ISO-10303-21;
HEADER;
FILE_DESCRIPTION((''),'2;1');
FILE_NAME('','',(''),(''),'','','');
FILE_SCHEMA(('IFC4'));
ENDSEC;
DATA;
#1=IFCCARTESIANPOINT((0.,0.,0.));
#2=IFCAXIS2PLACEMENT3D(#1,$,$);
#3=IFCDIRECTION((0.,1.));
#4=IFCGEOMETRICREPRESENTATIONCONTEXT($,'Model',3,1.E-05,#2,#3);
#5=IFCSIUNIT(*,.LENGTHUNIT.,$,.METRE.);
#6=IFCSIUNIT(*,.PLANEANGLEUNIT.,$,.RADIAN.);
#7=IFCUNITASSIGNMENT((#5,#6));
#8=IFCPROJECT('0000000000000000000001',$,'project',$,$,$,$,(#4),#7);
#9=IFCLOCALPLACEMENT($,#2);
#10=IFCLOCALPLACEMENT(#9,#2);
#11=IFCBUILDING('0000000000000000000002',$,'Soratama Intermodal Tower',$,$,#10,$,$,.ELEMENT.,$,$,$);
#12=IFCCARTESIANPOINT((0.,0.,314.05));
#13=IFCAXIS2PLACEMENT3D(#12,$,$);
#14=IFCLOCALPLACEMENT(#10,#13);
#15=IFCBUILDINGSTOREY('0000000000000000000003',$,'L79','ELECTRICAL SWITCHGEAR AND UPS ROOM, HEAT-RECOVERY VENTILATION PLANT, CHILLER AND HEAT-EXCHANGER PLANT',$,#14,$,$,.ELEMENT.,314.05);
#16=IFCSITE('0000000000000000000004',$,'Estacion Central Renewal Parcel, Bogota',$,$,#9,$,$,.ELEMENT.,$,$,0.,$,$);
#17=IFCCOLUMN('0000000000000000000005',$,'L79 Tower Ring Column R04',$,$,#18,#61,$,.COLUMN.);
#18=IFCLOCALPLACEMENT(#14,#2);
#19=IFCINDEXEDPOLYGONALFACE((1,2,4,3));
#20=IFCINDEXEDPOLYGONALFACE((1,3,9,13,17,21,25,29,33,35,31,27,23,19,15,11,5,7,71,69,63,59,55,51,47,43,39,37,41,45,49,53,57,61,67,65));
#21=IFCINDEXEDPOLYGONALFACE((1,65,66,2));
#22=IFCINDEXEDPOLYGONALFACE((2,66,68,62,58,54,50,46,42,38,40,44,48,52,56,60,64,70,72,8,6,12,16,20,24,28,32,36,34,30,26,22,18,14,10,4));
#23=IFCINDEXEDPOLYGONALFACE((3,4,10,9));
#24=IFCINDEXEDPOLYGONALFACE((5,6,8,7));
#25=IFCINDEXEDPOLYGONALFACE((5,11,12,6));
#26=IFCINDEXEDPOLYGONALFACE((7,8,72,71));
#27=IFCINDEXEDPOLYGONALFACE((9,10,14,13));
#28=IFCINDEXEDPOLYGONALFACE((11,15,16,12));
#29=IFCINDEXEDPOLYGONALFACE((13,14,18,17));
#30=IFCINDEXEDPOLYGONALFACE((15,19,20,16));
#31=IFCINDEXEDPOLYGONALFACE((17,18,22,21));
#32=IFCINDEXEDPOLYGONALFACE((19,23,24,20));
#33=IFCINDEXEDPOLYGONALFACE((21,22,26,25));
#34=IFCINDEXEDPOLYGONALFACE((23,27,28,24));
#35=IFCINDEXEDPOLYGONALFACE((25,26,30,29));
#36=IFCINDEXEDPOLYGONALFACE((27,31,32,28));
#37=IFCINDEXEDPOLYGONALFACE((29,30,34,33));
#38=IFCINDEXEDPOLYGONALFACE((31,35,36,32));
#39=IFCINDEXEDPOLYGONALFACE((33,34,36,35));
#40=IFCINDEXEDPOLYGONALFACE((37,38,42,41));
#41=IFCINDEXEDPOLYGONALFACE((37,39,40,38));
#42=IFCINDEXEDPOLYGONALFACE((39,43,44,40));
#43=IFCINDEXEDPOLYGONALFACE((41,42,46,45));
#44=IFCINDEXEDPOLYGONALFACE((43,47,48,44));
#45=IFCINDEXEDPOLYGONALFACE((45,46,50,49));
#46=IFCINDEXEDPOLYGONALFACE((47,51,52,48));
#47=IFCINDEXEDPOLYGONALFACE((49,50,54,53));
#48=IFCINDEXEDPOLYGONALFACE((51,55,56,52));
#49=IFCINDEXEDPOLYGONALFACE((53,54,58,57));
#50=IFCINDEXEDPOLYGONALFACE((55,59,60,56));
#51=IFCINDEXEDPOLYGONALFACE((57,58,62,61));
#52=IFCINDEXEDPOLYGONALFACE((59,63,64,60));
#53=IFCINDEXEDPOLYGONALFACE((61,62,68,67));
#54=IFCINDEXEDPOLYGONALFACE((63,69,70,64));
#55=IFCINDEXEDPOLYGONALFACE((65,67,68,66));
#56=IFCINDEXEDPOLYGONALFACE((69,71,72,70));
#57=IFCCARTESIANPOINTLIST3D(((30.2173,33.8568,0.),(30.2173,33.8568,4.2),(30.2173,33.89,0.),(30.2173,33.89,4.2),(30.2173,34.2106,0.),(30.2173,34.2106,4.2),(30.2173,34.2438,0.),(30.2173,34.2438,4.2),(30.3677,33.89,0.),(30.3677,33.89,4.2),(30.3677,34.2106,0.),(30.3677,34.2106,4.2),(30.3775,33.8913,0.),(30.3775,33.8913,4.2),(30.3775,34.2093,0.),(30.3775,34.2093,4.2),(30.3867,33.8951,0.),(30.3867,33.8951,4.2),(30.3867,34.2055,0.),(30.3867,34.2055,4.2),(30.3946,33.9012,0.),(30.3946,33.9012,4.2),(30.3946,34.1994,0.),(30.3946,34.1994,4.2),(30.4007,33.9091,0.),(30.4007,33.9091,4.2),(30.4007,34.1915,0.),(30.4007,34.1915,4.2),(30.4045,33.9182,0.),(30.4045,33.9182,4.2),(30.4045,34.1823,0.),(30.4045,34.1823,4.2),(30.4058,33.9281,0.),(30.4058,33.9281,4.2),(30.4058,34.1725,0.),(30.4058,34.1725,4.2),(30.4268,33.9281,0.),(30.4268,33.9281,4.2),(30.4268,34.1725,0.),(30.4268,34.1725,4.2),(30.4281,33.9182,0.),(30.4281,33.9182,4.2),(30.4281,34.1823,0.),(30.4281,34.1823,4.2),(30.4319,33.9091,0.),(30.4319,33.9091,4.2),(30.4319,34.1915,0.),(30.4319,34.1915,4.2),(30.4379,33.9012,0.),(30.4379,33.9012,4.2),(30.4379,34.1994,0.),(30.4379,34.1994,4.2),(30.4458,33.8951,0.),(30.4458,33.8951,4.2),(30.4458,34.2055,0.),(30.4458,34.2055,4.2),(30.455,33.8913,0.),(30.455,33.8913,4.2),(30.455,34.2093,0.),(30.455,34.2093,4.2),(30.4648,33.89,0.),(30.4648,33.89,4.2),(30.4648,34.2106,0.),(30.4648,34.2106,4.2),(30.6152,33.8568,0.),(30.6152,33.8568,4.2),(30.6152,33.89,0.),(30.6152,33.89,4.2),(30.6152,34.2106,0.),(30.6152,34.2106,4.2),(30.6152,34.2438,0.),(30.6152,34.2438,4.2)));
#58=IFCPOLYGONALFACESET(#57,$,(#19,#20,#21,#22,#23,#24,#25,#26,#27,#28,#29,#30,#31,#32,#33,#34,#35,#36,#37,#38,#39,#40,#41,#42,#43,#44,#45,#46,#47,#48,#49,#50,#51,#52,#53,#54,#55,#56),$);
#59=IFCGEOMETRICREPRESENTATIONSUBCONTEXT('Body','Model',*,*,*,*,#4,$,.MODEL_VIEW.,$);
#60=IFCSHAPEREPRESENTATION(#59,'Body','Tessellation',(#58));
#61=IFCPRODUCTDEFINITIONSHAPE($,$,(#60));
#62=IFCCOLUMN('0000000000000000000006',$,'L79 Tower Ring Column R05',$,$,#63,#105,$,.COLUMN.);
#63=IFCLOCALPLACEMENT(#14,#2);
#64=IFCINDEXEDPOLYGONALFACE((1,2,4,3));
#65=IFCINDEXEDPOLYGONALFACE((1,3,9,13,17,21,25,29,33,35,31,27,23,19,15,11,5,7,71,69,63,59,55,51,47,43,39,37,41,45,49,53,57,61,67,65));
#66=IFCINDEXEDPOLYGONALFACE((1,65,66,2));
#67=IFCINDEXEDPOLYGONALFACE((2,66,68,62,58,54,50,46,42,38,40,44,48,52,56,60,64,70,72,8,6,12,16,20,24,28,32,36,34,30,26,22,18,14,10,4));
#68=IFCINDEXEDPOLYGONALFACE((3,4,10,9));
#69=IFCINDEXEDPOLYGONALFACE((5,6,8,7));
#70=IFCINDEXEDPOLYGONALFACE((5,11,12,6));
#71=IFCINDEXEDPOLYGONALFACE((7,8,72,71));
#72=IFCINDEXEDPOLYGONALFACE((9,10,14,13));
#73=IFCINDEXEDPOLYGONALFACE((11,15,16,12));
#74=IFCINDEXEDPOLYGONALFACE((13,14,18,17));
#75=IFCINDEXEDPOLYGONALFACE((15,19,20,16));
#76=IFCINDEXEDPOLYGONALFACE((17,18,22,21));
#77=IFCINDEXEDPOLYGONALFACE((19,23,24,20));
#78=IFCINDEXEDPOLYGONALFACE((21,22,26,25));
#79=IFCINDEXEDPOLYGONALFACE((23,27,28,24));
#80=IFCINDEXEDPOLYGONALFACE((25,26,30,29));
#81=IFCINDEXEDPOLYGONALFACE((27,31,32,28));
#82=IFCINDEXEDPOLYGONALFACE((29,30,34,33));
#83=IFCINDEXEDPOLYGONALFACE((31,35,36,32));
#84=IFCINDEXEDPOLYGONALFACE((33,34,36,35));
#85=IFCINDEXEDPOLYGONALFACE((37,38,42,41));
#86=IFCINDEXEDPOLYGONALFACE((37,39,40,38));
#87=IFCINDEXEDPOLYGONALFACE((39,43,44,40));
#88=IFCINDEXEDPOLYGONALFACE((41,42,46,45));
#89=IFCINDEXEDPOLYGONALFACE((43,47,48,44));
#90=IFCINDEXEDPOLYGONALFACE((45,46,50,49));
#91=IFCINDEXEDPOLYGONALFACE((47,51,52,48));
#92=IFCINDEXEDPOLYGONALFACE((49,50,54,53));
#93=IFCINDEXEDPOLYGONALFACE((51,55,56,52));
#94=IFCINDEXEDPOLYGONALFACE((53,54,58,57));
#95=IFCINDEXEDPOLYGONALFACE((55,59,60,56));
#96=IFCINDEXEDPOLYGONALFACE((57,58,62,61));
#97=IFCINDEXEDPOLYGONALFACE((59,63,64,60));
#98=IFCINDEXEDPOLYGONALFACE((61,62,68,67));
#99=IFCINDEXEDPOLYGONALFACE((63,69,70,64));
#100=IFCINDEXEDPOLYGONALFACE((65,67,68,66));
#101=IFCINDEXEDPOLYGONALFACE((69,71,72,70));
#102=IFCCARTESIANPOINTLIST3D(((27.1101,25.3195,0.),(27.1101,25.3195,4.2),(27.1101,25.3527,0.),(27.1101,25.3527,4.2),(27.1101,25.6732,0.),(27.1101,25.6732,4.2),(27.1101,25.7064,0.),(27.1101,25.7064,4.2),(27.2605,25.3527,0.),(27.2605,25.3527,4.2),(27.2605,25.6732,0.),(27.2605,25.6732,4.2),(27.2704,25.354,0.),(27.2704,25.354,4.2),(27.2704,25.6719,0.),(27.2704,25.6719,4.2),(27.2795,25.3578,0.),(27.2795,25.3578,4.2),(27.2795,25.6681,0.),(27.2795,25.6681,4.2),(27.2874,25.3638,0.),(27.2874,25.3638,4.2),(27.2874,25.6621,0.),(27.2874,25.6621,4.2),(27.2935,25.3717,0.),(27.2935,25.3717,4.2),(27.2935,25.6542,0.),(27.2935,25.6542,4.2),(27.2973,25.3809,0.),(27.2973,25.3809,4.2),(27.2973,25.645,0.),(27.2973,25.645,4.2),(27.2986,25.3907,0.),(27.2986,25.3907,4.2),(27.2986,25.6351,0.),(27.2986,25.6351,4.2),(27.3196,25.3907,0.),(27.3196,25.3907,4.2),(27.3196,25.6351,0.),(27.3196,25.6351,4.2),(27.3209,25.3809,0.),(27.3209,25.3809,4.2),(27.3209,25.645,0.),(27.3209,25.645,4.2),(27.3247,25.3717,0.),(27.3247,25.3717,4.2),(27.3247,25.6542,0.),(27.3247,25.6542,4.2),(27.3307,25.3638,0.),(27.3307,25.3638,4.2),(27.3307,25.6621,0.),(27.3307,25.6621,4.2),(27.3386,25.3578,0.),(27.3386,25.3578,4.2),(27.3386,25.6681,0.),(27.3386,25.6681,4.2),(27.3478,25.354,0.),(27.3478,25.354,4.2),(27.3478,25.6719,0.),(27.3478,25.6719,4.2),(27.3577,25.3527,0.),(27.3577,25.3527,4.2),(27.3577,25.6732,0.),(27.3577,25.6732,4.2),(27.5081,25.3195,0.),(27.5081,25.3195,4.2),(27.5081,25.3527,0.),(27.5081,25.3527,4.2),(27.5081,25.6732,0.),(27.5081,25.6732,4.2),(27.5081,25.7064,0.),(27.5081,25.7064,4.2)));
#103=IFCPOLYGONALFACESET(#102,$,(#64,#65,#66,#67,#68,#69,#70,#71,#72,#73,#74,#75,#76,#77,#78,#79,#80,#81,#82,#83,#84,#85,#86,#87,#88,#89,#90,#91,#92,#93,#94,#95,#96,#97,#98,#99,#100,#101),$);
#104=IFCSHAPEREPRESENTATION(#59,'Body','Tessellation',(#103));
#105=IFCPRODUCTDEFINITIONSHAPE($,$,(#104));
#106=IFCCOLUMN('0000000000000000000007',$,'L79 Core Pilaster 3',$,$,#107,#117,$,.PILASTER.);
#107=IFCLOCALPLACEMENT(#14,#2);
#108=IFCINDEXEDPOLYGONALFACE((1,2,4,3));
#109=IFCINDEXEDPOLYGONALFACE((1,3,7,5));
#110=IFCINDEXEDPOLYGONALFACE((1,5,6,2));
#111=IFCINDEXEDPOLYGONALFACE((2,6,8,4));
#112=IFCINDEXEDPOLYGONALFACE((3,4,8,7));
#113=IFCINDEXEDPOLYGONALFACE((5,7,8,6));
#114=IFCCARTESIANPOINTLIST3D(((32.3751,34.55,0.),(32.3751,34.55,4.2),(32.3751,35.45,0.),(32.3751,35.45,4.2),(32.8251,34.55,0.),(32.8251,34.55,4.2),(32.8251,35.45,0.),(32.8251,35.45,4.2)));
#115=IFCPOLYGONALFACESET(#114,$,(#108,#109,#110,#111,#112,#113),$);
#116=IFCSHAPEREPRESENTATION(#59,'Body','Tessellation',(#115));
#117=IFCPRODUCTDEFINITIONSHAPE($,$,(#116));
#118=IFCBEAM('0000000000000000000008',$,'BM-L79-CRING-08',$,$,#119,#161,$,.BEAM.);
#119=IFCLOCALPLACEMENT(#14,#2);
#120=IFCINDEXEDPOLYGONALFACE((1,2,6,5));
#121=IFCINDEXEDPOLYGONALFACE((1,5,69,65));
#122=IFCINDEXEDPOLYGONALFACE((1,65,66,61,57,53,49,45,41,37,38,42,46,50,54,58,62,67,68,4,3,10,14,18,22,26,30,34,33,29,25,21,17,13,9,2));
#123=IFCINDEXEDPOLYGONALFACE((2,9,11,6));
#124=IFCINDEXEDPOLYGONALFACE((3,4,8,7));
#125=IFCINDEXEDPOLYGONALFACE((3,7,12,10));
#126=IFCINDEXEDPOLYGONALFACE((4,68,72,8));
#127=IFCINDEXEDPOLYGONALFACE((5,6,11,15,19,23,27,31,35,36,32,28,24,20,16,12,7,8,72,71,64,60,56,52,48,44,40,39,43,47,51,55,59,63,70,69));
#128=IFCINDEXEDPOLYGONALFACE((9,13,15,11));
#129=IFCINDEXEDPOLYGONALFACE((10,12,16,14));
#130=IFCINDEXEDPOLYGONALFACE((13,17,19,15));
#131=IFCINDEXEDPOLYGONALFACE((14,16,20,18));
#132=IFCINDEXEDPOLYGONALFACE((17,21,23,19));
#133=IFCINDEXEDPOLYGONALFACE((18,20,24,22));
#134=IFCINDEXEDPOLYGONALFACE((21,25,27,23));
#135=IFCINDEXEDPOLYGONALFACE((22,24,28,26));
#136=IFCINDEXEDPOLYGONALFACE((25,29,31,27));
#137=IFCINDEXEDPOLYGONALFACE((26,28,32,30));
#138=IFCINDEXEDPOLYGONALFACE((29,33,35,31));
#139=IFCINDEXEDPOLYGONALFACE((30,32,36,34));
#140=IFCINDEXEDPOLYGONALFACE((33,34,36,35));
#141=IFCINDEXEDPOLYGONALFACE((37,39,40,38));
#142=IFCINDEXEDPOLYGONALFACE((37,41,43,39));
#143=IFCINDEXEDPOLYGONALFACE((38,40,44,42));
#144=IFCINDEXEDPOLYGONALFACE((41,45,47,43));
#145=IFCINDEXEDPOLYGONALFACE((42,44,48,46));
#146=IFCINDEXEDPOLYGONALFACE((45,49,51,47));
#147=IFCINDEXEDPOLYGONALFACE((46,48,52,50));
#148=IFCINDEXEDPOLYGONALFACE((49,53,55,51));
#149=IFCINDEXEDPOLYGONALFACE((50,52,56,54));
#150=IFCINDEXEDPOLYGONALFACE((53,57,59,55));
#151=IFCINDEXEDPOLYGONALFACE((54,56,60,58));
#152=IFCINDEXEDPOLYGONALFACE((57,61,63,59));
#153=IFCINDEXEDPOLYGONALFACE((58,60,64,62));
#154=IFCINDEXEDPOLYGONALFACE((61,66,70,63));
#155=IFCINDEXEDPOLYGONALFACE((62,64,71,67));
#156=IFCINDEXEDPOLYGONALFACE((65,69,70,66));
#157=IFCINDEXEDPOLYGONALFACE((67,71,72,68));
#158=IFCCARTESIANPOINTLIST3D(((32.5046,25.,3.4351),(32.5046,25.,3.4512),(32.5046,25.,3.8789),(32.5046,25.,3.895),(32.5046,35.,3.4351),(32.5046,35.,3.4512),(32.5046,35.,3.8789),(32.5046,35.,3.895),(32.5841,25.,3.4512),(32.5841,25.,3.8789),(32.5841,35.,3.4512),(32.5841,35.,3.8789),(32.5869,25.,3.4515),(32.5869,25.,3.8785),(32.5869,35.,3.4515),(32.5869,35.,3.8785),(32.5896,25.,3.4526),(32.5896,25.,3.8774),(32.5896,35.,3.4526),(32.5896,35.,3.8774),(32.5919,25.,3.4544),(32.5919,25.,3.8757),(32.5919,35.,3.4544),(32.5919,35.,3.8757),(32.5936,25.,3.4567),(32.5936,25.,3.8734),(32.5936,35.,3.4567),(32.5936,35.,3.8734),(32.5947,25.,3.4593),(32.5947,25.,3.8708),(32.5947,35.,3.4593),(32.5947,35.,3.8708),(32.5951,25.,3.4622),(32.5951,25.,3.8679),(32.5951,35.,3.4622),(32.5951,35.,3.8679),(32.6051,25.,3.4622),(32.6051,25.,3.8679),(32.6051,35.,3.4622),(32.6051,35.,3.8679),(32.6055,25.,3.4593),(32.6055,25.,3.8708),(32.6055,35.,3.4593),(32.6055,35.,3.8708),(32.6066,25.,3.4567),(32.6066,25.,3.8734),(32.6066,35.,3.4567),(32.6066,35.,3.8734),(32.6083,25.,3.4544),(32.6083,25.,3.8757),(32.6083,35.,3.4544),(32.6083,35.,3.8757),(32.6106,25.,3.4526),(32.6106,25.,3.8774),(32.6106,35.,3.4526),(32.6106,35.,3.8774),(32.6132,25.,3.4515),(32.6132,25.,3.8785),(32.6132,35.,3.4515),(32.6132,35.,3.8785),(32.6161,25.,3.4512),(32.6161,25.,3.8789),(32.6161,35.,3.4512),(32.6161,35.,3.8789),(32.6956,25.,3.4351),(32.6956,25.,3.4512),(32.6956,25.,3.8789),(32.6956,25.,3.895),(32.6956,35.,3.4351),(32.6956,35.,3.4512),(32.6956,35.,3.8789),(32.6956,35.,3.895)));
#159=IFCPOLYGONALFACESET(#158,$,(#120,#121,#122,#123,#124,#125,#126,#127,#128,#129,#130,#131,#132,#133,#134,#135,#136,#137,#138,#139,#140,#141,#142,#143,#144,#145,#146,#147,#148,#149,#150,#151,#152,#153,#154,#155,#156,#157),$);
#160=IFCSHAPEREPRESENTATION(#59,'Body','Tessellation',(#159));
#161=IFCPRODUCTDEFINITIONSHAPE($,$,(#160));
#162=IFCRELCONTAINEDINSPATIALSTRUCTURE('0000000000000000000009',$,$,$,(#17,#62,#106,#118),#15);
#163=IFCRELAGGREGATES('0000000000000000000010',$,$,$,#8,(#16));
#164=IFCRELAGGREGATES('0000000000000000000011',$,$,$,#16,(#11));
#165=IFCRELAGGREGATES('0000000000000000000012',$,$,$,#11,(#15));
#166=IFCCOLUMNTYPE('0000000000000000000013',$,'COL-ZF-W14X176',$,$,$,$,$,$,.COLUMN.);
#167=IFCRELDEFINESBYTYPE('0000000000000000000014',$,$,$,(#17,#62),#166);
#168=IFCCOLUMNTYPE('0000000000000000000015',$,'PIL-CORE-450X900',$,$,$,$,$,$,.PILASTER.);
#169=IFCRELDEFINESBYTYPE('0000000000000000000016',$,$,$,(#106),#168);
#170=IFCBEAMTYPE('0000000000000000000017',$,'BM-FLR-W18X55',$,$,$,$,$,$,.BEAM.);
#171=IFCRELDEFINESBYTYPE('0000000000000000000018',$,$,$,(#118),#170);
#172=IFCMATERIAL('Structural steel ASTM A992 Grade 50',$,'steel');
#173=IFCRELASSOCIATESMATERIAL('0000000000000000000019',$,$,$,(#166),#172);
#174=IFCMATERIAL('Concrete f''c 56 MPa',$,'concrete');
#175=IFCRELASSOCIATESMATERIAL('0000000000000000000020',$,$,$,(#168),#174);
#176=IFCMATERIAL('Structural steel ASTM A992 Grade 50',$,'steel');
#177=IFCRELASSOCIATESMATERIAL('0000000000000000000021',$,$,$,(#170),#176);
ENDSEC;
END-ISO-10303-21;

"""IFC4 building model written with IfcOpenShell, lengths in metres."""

from ifc_helpers import new_model, si_unit, direction, frame, origin, origin_2d, place, context, subcontext, project, spatial, rectangle, i_section, extrude, material, material_profile, profile_set, type_object, element, save


model = new_model("IFC4")

# Units and contexts
model_context = context("Model", 3, precision=1e-05, world=origin(), true_north=direction((0.0, 1.0)))
body_context = subcontext(model_context, "Body", "Model", "MODEL_VIEW")
ifc_project = project(units=[si_unit("LENGTHUNIT", "METRE"), si_unit("PLANEANGLEUNIT", "RADIAN")], contexts=[model_context])

# Site, building, storey
site_placement = place(None, origin())
site = spatial("IfcSite", under=ifc_project, at=site_placement, Name="Estacion Central Renewal Parcel, Bogota", CompositionType="ELEMENT", RefElevation=0.0)
building_placement = place(site_placement, origin())
building = spatial("IfcBuilding", under=site, at=building_placement, Name="Soratama Intermodal Tower", CompositionType="ELEMENT")
storey_placement = place(building_placement, frame((0.0, 0.0, 314.05)))
storey = spatial("IfcBuildingStorey", under=building, at=storey_placement, Name="L79", Description="ELECTRICAL SWITCHGEAR AND UPS ROOM, HEAT-RECOVERY VENTILATION PLANT, CHILLER AND HEAT-EXCHANGER PLANT", CompositionType="ELEMENT", Elevation=314.05)

# Columns
ifc_material_1 = material(Name="Structural steel ASTM A992 Grade 50", Category="steel")
ifc_material_profile_1 = material_profile(ifc_material_1, i_section(OverallWidth=0.3979, OverallDepth=0.387, WebThickness=0.021, FlangeThickness=0.0332, FilletRadius=0.0381, at=origin_2d()), Name="W14X176")
ifc_profile_set_1 = profile_set([ifc_material_profile_1], Name="Structural steel ASTM A992 Grade 50")
column_type_1 = type_object("IfcColumnType", Name="COL-ZF-W14X176", PredefinedType="COLUMN", material=ifc_profile_set_1)
for number, where, z_axis, x_axis, name in (
    (1, (30.4163, 34.0503, 0.0), (0.0, 0.0, 1.0), (1.0, 0.0, 0.0), "L79 Tower Ring Column R04"),
    (2, (27.3091, 25.5129, 0.0), (0.0, 0.0, 1.0), (1.0, 0.0, 0.0), "L79 Tower Ring Column R05"),
):
    element("IfcColumn", number, at=place(storey_placement, frame(where, z_axis=z_axis, x_axis=x_axis)), inside=storey, type_object=column_type_1, Name=name, PredefinedType="COLUMN", context=body_context, shape_type="SweptSolid", body=[
        extrude(i_section(OverallWidth=0.3979, OverallDepth=0.387, WebThickness=0.021, FlangeThickness=0.0332, FilletRadius=0.0381, at=origin_2d()), origin(), (0.0, 0.0, 1.0), 4.2),
    ])
ifc_material_2 = material(Name="Concrete f'c 56 MPa", Category="concrete")
ifc_material_profile_2 = material_profile(ifc_material_2, rectangle(XDim=0.45, YDim=0.8999, at=origin_2d()), Name="RC450X900")
ifc_profile_set_2 = profile_set([ifc_material_profile_2], Name="Concrete f'c 56 MPa")
column_type_2 = type_object("IfcColumnType", Name="PIL-CORE-450X900", PredefinedType="PILASTER", material=ifc_profile_set_2)
column_placement = place(storey_placement, frame((32.6001, 35.0, 0.0), z_axis=(0.0, 0.0, 1.0), x_axis=(1.0, 0.0, 0.0)))
element("IfcColumn", 3, at=column_placement, inside=storey, type_object=column_type_2, Name="L79 Core Pilaster 3", PredefinedType="PILASTER", context=body_context, shape_type="SweptSolid", body=[
    extrude(rectangle(XDim=0.45, YDim=0.8999, at=origin_2d()), origin(), (0.0, 0.0, 1.0), 4.2),
])

# Beam
ifc_material_3 = material(Name="Structural steel ASTM A992 Grade 50", Category="steel")
ifc_material_profile_3 = material_profile(ifc_material_3, i_section(OverallWidth=0.1909, OverallDepth=0.46, WebThickness=0.01, FlangeThickness=0.0161, FilletRadius=0.011, at=origin_2d()), Name="W18X55")
ifc_profile_set_3 = profile_set([ifc_material_profile_3], Name="Structural steel ASTM A992 Grade 50")
beam_type_1 = type_object("IfcBeamType", Name="BM-FLR-W18X55", PredefinedType="BEAM", material=ifc_profile_set_3)
for number, where, z_axis, x_axis, name in (
    (4, (32.6001, 35.0, 3.665), (0.0, -1.0, 0.0), (1.0, 0.0, 0.0), "BM-L79-CRING-08"),
):
    element("IfcBeam", number, at=place(storey_placement, frame(where, z_axis=z_axis, x_axis=x_axis)), inside=storey, type_object=beam_type_1, Name=name, PredefinedType="BEAM", context=body_context, shape_type="SweptSolid", body=[
        extrude(i_section(OverallWidth=0.1909, OverallDepth=0.46, WebThickness=0.01, FlangeThickness=0.0161, FilletRadius=0.011, at=origin_2d()), origin(), (0.0, 0.0, 1.0), 10.0),
    ])

save(model, "model.ifc")
